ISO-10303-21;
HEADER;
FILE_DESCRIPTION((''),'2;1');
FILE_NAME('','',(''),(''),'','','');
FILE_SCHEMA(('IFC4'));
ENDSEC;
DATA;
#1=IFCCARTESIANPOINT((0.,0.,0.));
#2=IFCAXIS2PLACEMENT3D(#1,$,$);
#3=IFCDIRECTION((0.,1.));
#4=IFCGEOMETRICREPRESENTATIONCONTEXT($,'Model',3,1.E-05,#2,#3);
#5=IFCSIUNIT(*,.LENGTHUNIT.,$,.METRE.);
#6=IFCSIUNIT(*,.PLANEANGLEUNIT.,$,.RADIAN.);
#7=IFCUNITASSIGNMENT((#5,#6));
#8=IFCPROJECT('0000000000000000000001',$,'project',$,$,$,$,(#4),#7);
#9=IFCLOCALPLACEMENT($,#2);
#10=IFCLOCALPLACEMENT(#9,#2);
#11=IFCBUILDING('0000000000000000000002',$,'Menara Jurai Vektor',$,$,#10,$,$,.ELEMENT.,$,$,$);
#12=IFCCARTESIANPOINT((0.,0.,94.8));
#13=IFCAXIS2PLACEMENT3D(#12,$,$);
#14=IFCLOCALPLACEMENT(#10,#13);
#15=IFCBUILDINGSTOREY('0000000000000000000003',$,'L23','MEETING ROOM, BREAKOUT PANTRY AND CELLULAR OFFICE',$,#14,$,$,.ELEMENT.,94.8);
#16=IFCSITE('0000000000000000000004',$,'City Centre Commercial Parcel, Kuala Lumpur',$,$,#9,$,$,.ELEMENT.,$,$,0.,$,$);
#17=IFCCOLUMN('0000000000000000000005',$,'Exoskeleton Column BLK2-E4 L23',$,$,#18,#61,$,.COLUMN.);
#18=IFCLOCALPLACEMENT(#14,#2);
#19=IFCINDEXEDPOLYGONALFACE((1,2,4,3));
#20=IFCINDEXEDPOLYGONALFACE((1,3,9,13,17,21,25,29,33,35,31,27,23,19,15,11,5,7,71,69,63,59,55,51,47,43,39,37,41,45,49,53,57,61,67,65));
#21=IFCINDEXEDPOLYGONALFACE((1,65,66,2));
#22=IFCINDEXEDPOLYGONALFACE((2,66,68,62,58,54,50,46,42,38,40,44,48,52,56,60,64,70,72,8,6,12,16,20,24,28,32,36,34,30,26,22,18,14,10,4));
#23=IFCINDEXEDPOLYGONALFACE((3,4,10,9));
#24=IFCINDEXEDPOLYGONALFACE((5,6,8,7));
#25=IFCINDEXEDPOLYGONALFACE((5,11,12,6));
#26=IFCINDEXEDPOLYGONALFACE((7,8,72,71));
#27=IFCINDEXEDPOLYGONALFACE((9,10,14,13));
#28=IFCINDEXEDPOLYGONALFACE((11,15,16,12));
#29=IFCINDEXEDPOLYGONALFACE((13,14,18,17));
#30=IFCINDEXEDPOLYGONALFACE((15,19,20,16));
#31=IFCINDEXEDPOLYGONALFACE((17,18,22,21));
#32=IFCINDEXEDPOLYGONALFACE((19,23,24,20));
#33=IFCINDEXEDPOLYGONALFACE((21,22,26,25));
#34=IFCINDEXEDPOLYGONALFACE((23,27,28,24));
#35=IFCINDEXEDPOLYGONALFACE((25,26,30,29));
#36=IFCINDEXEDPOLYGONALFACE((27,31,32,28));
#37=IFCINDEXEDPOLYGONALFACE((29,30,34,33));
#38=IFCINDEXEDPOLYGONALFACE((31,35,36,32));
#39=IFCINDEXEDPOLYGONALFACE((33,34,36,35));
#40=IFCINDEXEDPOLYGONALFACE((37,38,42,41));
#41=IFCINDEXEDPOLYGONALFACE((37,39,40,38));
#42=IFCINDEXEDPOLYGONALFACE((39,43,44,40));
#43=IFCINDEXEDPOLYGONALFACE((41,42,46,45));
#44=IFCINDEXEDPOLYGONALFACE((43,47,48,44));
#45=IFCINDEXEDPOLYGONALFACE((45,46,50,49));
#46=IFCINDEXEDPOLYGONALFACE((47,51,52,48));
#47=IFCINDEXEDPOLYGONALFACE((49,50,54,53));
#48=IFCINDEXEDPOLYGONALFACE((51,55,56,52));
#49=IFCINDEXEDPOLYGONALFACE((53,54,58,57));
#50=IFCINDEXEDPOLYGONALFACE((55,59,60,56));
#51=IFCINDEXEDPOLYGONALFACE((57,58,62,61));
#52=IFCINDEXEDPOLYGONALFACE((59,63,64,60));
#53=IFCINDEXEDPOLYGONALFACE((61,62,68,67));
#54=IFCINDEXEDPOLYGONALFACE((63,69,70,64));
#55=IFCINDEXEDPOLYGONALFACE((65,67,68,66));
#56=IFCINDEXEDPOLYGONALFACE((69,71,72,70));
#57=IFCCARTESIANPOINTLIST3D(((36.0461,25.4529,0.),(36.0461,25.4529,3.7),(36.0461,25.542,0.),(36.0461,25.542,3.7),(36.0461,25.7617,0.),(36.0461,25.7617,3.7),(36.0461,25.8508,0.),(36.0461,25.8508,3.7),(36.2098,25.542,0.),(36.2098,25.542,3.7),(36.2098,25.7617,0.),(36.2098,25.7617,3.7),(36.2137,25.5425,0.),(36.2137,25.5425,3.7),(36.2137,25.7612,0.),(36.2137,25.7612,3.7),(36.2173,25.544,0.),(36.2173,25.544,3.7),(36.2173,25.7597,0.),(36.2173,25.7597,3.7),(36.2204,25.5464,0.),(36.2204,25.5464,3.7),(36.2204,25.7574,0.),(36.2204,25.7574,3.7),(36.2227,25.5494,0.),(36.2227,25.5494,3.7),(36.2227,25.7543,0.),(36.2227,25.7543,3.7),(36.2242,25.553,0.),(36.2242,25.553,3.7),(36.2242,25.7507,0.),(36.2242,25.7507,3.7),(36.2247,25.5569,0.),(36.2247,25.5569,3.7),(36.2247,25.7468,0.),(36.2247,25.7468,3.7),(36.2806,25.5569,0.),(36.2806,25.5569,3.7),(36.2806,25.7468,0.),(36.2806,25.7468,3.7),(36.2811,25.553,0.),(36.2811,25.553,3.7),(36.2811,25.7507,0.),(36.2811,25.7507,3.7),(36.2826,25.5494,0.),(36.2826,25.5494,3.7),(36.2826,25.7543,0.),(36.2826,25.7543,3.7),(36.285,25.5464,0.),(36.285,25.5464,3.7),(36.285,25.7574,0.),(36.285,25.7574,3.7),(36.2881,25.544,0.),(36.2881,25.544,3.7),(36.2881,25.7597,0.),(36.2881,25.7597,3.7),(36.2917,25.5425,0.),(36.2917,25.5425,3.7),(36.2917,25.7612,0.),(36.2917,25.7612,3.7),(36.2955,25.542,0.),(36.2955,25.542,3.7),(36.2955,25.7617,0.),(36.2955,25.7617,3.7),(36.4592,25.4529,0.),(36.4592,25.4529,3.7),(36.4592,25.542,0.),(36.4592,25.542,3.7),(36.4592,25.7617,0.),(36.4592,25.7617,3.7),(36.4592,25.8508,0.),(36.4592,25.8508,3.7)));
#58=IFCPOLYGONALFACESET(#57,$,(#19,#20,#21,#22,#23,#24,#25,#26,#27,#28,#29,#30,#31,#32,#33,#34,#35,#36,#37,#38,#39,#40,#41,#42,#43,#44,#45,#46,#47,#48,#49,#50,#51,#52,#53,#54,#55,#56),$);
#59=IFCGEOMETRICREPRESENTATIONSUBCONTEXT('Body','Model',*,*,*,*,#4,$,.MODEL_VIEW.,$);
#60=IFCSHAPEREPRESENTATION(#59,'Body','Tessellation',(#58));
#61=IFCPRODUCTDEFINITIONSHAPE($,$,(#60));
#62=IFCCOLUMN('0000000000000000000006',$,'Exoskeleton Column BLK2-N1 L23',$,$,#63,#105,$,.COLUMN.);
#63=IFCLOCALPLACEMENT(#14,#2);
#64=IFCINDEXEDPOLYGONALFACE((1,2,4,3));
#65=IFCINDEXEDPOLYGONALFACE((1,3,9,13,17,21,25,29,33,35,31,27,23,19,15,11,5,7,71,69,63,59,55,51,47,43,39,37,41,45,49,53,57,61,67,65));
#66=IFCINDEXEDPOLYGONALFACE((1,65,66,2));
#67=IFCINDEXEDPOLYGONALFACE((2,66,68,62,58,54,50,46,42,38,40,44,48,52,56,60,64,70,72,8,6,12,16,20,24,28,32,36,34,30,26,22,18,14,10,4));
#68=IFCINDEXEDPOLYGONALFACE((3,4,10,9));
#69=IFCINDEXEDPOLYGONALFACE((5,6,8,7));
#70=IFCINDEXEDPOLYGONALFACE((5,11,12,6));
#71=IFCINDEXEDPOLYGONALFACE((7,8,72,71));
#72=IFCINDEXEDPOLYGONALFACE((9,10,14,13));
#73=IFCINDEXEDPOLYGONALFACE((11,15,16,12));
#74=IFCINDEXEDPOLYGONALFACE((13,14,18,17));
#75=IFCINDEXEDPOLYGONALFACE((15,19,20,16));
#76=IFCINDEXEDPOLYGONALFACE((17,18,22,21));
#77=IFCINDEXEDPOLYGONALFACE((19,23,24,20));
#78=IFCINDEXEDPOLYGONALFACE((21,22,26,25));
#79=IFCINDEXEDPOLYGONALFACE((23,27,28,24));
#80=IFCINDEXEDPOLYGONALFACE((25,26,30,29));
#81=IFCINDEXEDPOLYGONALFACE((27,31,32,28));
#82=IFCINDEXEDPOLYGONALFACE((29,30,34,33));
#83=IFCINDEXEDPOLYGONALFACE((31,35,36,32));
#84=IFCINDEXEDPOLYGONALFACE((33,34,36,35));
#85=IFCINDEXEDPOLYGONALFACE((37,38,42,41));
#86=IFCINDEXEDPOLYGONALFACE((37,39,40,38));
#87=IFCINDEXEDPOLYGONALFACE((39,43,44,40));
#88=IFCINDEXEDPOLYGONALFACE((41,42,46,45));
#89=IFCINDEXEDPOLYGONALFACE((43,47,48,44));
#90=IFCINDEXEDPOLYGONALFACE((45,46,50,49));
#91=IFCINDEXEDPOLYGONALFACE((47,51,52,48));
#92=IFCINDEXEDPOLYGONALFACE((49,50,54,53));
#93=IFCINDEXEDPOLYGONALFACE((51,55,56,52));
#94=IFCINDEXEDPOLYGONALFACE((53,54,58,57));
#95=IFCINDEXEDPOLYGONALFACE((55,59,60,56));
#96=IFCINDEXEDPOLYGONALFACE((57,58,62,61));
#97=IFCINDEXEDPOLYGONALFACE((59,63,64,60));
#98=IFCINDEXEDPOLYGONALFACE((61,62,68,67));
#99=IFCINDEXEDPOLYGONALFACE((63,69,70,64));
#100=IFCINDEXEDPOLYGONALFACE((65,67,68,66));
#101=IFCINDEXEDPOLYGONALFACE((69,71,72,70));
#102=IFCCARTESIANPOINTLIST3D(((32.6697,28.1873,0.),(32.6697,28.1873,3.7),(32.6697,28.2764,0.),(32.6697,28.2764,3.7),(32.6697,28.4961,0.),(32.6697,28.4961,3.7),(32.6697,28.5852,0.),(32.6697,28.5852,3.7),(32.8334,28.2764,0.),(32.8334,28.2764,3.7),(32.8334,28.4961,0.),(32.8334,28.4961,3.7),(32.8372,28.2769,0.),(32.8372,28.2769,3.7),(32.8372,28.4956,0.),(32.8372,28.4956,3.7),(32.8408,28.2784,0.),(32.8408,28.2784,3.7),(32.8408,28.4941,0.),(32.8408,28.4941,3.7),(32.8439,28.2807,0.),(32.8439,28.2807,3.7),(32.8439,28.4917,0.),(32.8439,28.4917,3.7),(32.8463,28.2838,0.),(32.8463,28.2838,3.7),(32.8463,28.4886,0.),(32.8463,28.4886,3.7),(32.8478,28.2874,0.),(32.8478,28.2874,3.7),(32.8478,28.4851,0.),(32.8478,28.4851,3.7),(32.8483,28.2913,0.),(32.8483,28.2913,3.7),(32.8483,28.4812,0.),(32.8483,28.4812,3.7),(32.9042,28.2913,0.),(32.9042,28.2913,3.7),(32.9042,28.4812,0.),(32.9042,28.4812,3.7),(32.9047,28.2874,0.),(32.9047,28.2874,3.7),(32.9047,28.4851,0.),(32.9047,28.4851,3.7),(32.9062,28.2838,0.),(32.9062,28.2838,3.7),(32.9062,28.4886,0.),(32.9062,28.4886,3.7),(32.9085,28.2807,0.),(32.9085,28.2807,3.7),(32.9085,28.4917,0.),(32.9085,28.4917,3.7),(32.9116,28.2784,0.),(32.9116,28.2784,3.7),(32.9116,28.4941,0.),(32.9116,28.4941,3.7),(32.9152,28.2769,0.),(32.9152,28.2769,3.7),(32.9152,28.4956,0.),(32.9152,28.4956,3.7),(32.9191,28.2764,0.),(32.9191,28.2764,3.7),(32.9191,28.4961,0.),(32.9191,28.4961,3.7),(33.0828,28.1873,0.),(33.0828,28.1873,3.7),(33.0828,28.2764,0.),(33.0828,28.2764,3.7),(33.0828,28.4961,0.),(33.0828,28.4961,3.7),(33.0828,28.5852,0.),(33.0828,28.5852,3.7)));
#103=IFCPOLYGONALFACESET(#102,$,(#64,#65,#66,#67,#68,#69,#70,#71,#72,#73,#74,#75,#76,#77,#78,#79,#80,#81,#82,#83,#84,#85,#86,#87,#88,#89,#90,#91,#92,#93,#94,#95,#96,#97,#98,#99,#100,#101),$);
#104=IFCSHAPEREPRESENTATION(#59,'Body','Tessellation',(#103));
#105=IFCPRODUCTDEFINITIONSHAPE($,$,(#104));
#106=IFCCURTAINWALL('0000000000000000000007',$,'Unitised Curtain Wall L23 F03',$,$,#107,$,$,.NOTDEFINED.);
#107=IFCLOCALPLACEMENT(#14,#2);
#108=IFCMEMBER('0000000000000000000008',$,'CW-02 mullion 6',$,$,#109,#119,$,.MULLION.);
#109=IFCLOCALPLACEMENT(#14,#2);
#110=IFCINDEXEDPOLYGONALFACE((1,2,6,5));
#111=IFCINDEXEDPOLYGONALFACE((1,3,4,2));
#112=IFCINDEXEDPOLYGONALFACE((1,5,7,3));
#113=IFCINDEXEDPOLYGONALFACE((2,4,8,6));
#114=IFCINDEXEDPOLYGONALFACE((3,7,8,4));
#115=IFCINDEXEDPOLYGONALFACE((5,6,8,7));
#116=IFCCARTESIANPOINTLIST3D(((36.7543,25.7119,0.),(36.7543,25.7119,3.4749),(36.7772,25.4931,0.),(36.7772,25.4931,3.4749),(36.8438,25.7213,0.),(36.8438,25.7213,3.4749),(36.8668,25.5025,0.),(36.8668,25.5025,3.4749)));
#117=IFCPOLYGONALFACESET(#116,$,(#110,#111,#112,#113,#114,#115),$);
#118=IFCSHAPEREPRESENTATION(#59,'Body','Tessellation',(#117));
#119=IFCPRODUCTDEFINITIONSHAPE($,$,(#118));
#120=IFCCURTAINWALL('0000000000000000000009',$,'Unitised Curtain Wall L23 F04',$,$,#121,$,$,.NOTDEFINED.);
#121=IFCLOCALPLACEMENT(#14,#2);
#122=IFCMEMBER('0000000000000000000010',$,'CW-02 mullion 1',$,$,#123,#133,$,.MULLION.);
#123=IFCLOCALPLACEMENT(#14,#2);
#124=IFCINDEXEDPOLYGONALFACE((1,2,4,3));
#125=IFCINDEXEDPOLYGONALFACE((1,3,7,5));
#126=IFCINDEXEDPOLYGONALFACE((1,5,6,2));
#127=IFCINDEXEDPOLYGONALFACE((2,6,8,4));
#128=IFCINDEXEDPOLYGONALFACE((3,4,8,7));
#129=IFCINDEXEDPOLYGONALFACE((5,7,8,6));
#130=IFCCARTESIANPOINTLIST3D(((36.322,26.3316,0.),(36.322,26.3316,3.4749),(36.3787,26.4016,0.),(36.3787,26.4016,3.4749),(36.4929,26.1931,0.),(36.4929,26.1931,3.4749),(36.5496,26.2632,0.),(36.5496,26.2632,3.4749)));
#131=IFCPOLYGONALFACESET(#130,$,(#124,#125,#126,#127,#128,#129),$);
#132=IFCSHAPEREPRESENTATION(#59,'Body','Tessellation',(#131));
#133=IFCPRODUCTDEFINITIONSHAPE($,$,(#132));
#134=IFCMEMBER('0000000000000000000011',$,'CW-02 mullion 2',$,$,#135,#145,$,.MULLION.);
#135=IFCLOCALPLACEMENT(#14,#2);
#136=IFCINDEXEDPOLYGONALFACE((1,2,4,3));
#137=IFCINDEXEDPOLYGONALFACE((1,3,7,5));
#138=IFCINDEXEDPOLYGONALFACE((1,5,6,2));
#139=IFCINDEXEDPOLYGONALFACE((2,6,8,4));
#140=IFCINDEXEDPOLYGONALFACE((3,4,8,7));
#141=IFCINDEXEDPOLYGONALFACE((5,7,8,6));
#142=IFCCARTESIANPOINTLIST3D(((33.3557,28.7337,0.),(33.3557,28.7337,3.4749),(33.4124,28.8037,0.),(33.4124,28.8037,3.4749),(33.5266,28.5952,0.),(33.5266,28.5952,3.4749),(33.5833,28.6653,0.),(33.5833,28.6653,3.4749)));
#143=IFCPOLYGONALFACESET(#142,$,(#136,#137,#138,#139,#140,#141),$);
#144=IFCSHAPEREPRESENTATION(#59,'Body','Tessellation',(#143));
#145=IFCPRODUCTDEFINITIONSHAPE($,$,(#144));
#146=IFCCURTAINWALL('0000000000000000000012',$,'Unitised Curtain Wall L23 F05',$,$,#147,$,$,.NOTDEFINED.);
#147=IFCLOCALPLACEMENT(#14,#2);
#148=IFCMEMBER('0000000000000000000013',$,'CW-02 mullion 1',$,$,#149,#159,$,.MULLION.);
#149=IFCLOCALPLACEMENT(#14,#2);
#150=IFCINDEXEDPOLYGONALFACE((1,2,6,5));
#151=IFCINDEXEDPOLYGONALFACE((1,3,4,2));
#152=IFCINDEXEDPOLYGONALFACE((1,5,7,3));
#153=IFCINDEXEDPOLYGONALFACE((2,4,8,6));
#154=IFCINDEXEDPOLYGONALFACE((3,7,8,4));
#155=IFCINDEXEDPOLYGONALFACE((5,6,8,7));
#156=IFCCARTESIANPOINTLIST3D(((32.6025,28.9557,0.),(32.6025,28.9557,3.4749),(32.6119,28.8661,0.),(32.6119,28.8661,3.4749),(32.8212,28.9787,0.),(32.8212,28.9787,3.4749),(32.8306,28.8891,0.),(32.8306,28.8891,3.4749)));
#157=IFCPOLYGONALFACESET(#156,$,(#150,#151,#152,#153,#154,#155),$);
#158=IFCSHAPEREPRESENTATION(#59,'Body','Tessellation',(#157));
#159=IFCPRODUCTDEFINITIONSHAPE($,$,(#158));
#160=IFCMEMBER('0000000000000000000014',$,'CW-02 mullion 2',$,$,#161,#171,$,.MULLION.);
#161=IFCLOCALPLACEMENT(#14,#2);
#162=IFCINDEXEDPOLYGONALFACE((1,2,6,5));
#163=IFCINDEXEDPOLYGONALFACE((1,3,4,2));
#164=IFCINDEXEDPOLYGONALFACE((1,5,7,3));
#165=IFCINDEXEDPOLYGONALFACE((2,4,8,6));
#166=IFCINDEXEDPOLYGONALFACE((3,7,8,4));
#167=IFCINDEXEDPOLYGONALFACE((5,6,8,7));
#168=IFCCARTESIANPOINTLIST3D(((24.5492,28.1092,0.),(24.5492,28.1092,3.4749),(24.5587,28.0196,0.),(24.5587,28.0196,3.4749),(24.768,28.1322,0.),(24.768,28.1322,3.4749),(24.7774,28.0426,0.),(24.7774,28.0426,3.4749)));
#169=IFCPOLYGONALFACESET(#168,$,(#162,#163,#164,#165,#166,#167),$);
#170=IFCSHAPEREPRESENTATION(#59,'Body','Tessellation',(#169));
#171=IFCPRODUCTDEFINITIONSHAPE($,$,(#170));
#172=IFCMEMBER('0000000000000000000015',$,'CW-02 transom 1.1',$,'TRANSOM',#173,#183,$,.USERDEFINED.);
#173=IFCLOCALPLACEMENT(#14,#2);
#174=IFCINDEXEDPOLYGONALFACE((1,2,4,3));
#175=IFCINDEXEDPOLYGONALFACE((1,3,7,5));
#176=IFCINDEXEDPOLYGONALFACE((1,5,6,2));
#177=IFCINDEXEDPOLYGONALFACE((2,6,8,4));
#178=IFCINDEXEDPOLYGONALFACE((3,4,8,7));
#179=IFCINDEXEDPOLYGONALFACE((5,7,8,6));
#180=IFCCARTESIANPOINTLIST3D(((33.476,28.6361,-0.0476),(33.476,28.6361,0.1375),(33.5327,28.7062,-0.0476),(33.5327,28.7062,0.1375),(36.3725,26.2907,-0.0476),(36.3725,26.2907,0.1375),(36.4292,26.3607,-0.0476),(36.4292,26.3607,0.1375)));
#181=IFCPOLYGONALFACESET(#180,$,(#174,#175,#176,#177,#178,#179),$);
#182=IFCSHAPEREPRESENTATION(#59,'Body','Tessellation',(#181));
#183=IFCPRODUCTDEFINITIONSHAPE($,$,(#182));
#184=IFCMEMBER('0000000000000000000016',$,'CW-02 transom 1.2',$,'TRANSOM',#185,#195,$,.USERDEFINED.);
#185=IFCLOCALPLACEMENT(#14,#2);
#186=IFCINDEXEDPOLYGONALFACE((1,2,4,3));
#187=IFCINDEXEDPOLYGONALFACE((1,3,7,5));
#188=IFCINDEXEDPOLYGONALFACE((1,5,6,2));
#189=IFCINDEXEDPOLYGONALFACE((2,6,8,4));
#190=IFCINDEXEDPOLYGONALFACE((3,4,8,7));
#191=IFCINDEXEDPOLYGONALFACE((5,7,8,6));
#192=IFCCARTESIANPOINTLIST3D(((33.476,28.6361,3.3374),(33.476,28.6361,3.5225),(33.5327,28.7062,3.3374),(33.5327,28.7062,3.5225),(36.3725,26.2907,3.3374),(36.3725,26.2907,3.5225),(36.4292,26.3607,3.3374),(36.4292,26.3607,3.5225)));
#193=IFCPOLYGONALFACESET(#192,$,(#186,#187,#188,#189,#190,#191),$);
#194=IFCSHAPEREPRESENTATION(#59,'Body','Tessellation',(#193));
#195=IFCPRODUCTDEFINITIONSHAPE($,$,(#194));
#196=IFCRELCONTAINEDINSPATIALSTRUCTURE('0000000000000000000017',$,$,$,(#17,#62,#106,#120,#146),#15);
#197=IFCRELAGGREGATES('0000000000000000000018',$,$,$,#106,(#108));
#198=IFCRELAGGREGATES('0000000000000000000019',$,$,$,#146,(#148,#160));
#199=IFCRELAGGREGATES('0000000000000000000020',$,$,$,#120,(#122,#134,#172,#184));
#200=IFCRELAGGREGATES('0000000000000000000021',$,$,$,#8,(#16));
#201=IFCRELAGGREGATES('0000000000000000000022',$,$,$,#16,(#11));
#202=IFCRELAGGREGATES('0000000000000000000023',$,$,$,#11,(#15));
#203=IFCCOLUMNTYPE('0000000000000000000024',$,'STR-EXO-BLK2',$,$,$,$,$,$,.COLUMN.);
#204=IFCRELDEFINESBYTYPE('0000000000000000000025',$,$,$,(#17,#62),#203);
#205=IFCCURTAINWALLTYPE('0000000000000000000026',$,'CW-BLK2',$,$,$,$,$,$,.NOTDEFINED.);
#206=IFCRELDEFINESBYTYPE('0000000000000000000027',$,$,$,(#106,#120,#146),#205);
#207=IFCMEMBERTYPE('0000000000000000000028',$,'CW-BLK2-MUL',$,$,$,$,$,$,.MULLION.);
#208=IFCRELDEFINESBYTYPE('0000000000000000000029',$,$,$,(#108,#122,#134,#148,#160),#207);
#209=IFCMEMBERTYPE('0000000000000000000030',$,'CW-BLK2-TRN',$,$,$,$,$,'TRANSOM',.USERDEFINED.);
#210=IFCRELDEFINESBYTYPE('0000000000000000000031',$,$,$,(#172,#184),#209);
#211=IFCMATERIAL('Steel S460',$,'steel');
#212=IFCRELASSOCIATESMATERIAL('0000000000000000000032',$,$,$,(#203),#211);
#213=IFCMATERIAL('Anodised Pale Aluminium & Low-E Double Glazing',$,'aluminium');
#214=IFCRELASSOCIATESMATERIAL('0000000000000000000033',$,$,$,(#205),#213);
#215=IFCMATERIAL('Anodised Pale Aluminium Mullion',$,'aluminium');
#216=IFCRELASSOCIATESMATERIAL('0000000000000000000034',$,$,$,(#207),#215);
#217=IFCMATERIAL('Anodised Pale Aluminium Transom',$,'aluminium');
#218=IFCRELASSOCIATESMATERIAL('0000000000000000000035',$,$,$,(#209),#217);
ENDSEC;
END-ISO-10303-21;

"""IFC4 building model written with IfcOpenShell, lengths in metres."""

from ifc_helpers import new_model, si_unit, direction, frame, origin, origin_2d, place, context, subcontext, project, spatial, rectangle, i_section, extrude, material, material_profile, profile_set, type_object, element, aggregate, save


model = new_model("IFC4")

# Units and contexts
model_context = context("Model", 3, precision=1e-05, world=origin(), true_north=direction((0.0, 1.0)))
body_context = subcontext(model_context, "Body", "Model", "MODEL_VIEW")
ifc_project = project(units=[si_unit("LENGTHUNIT", "METRE"), si_unit("PLANEANGLEUNIT", "RADIAN")], contexts=[model_context])

# Site, building, storey
site_placement = place(None, origin())
site = spatial("IfcSite", under=ifc_project, at=site_placement, Name="City Centre Commercial Parcel, Kuala Lumpur", CompositionType="ELEMENT", RefElevation=0.0)
building_placement = place(site_placement, origin())
building = spatial("IfcBuilding", under=site, at=building_placement, Name="Menara Jurai Vektor", CompositionType="ELEMENT")
storey_placement = place(building_placement, frame((0.0, 0.0, 94.8)))
storey = spatial("IfcBuildingStorey", under=building, at=storey_placement, Name="L23", Description="MEETING ROOM, BREAKOUT PANTRY AND CELLULAR OFFICE", CompositionType="ELEMENT", Elevation=94.8)

# Columns
ifc_material_1 = material(Name="Steel S460", Category="steel")
ifc_material_profile_1 = material_profile(ifc_material_1, i_section(OverallWidth=0.4131, OverallDepth=0.3979, WebThickness=0.0559, FlangeThickness=0.0891, FilletRadius=0.0149, at=origin_2d()), Name="HD 400x744")
ifc_profile_set_1 = profile_set([ifc_material_profile_1], Name="Steel S460")
column_type = type_object("IfcColumnType", Name="STR-EXO-BLK2", PredefinedType="COLUMN", material=ifc_profile_set_1)
for number, where, z_axis, x_axis, name in (
    (1, (36.2527, 25.6519, 0.0), (0.0, 0.0, 1.0), (1.0, 0.0, 0.0), "Exoskeleton Column BLK2-E4 L23"),
    (2, (32.8762, 28.3862, 0.0), (0.0, 0.0, 1.0), (1.0, 0.0, 0.0), "Exoskeleton Column BLK2-N1 L23"),
):
    element("IfcColumn", number, at=place(storey_placement, frame(where, z_axis=z_axis, x_axis=x_axis)), inside=storey, type_object=column_type, Name=name, PredefinedType="COLUMN", context=body_context, shape_type="SweptSolid", body=[
        extrude(i_section(OverallWidth=0.4131, OverallDepth=0.3979, WebThickness=0.0559, FlangeThickness=0.0891, FilletRadius=0.0149, at=origin_2d()), origin(), (0.0, 0.0, 1.0), 3.7),
    ])

# Curtain wall, member
ifc_material_2 = material(Name="Anodised Pale Aluminium & Low-E Double Glazing", Category="aluminium")
curtain_wall_type = type_object("IfcCurtainWallType", Name="CW-BLK2", PredefinedType="NOTDEFINED", material=ifc_material_2)
curtain_wall_1_placement = place(storey_placement, origin())
curtain_wall_1 = element("IfcCurtainWall", 3, at=curtain_wall_1_placement, inside=storey, type_object=curtain_wall_type, Name="Unitised Curtain Wall L23 F03", PredefinedType="NOTDEFINED")
ifc_material_3 = material(Name="Anodised Pale Aluminium Mullion", Category="aluminium")
ifc_material_profile_2 = material_profile(ifc_material_3, rectangle(XDim=0.0901, YDim=0.22, at=origin_2d()), Name="ALU MUL 90x220")
ifc_profile_set_2 = profile_set([ifc_material_profile_2], Name="Anodised Pale Aluminium Mullion")
member_type_1 = type_object("IfcMemberType", Name="CW-BLK2-MUL", PredefinedType="MULLION", material=ifc_profile_set_2)
member_1_placement = place(storey_placement, frame((36.8105, 25.6072, 0.0), z_axis=(0.0, 0.0, 1.0), x_axis=(-0.994522, -0.10453, 0.0)))
member_1 = element("IfcMember", 4, at=member_1_placement, type_object=member_type_1, Name="CW-02 mullion 6", PredefinedType="MULLION", context=body_context, shape_type="SweptSolid", body=[
    extrude(rectangle(XDim=0.0901, YDim=0.22, at=origin_2d()), origin(), (0.0, 0.0, 1.0), 3.4749),
])
aggregate(curtain_wall_1, [member_1])

# Curtain walls, members
curtain_wall_2_placement = place(storey_placement, origin())
curtain_wall_2 = element("IfcCurtainWall", 5, at=curtain_wall_2_placement, inside=storey, type_object=curtain_wall_type, Name="Unitised Curtain Wall L23 F04", PredefinedType="NOTDEFINED")
member_2_placement = place(storey_placement, frame((36.4358, 26.2974, 0.0), z_axis=(0.0, 0.0, 1.0), x_axis=(-0.629313, -0.777152, 0.0)))
member_2 = element("IfcMember", 6, at=member_2_placement, type_object=member_type_1, Name="CW-02 mullion 1", PredefinedType="MULLION", context=body_context, shape_type="SweptSolid", body=[
    extrude(rectangle(XDim=0.0901, YDim=0.22, at=origin_2d()), origin(), (0.0, 0.0, 1.0), 3.4749),
])
member_3_placement = place(storey_placement, frame((33.4695, 28.6995, 0.0), z_axis=(0.0, 0.0, 1.0), x_axis=(-0.629313, -0.777152, 0.0)))
member_3 = element("IfcMember", 7, at=member_3_placement, type_object=member_type_1, Name="CW-02 mullion 2", PredefinedType="MULLION", context=body_context, shape_type="SweptSolid", body=[
    extrude(rectangle(XDim=0.0901, YDim=0.22, at=origin_2d()), origin(), (0.0, 0.0, 1.0), 3.4749),
])
curtain_wall_3_placement = place(storey_placement, origin())
curtain_wall_3 = element("IfcCurtainWall", 8, at=curtain_wall_3_placement, inside=storey, type_object=curtain_wall_type, Name="Unitised Curtain Wall L23 F05", PredefinedType="NOTDEFINED")
member_4_placement = place(storey_placement, frame((32.7166, 28.9224, 0.0), z_axis=(0.0, 0.0, 1.0), x_axis=(0.104529, -0.994522, 0.0)))
member_4 = element("IfcMember", 9, at=member_4_placement, type_object=member_type_1, Name="CW-02 mullion 1", PredefinedType="MULLION", context=body_context, shape_type="SweptSolid", body=[
    extrude(rectangle(XDim=0.0901, YDim=0.22, at=origin_2d()), origin(), (0.0, 0.0, 1.0), 3.4749),
])
member_5_placement = place(storey_placement, frame((24.6633, 28.0759, 0.0), z_axis=(0.0, 0.0, 1.0), x_axis=(0.104529, -0.994522, 0.0)))
member_5 = element("IfcMember", 10, at=member_5_placement, type_object=member_type_1, Name="CW-02 mullion 2", PredefinedType="MULLION", context=body_context, shape_type="SweptSolid", body=[
    extrude(rectangle(XDim=0.0901, YDim=0.22, at=origin_2d()), origin(), (0.0, 0.0, 1.0), 3.4749),
])

# Members
ifc_material_4 = material(Name="Anodised Pale Aluminium Transom", Category="aluminium")
ifc_material_profile_3 = material_profile(ifc_material_4, rectangle(XDim=0.0901, YDim=0.1851, at=origin_2d()), Name="ALU TRN 90x185")
ifc_profile_set_3 = profile_set([ifc_material_profile_3], Name="Anodised Pale Aluminium Transom")
member_type_2 = type_object("IfcMemberType", Name="CW-BLK2-TRN", ElementType="TRANSOM", PredefinedType="USERDEFINED", material=ifc_profile_set_3)
member_6_placement = place(storey_placement, frame((36.4009, 26.3257, 0.0449), z_axis=(-0.777155, 0.629309, 0.0), x_axis=(-0.629309, -0.777155, 0.0)))
member_6 = element("IfcMember", 11, at=member_6_placement, type_object=member_type_2, Name="CW-02 transom 1.1", ObjectType="TRANSOM", PredefinedType="USERDEFINED", context=body_context, shape_type="SweptSolid", body=[
    extrude(rectangle(XDim=0.0901, YDim=0.1851, at=origin_2d()), origin(), (0.0, 0.0, 1.0), 3.7271),
])
member_7_placement = place(storey_placement, frame((36.4009, 26.3257, 3.4299), z_axis=(-0.777155, 0.629309, 0.0), x_axis=(-0.629309, -0.777155, 0.0)))
member_7 = element("IfcMember", 12, at=member_7_placement, type_object=member_type_2, Name="CW-02 transom 1.2", ObjectType="TRANSOM", PredefinedType="USERDEFINED", context=body_context, shape_type="SweptSolid", body=[
    extrude(rectangle(XDim=0.0901, YDim=0.1851, at=origin_2d()), origin(), (0.0, 0.0, 1.0), 3.7271),
])

aggregate(curtain_wall_3, [member_4, member_5])
aggregate(curtain_wall_2, [member_2, member_3, member_6, member_7])

save(model, "model.ifc")
